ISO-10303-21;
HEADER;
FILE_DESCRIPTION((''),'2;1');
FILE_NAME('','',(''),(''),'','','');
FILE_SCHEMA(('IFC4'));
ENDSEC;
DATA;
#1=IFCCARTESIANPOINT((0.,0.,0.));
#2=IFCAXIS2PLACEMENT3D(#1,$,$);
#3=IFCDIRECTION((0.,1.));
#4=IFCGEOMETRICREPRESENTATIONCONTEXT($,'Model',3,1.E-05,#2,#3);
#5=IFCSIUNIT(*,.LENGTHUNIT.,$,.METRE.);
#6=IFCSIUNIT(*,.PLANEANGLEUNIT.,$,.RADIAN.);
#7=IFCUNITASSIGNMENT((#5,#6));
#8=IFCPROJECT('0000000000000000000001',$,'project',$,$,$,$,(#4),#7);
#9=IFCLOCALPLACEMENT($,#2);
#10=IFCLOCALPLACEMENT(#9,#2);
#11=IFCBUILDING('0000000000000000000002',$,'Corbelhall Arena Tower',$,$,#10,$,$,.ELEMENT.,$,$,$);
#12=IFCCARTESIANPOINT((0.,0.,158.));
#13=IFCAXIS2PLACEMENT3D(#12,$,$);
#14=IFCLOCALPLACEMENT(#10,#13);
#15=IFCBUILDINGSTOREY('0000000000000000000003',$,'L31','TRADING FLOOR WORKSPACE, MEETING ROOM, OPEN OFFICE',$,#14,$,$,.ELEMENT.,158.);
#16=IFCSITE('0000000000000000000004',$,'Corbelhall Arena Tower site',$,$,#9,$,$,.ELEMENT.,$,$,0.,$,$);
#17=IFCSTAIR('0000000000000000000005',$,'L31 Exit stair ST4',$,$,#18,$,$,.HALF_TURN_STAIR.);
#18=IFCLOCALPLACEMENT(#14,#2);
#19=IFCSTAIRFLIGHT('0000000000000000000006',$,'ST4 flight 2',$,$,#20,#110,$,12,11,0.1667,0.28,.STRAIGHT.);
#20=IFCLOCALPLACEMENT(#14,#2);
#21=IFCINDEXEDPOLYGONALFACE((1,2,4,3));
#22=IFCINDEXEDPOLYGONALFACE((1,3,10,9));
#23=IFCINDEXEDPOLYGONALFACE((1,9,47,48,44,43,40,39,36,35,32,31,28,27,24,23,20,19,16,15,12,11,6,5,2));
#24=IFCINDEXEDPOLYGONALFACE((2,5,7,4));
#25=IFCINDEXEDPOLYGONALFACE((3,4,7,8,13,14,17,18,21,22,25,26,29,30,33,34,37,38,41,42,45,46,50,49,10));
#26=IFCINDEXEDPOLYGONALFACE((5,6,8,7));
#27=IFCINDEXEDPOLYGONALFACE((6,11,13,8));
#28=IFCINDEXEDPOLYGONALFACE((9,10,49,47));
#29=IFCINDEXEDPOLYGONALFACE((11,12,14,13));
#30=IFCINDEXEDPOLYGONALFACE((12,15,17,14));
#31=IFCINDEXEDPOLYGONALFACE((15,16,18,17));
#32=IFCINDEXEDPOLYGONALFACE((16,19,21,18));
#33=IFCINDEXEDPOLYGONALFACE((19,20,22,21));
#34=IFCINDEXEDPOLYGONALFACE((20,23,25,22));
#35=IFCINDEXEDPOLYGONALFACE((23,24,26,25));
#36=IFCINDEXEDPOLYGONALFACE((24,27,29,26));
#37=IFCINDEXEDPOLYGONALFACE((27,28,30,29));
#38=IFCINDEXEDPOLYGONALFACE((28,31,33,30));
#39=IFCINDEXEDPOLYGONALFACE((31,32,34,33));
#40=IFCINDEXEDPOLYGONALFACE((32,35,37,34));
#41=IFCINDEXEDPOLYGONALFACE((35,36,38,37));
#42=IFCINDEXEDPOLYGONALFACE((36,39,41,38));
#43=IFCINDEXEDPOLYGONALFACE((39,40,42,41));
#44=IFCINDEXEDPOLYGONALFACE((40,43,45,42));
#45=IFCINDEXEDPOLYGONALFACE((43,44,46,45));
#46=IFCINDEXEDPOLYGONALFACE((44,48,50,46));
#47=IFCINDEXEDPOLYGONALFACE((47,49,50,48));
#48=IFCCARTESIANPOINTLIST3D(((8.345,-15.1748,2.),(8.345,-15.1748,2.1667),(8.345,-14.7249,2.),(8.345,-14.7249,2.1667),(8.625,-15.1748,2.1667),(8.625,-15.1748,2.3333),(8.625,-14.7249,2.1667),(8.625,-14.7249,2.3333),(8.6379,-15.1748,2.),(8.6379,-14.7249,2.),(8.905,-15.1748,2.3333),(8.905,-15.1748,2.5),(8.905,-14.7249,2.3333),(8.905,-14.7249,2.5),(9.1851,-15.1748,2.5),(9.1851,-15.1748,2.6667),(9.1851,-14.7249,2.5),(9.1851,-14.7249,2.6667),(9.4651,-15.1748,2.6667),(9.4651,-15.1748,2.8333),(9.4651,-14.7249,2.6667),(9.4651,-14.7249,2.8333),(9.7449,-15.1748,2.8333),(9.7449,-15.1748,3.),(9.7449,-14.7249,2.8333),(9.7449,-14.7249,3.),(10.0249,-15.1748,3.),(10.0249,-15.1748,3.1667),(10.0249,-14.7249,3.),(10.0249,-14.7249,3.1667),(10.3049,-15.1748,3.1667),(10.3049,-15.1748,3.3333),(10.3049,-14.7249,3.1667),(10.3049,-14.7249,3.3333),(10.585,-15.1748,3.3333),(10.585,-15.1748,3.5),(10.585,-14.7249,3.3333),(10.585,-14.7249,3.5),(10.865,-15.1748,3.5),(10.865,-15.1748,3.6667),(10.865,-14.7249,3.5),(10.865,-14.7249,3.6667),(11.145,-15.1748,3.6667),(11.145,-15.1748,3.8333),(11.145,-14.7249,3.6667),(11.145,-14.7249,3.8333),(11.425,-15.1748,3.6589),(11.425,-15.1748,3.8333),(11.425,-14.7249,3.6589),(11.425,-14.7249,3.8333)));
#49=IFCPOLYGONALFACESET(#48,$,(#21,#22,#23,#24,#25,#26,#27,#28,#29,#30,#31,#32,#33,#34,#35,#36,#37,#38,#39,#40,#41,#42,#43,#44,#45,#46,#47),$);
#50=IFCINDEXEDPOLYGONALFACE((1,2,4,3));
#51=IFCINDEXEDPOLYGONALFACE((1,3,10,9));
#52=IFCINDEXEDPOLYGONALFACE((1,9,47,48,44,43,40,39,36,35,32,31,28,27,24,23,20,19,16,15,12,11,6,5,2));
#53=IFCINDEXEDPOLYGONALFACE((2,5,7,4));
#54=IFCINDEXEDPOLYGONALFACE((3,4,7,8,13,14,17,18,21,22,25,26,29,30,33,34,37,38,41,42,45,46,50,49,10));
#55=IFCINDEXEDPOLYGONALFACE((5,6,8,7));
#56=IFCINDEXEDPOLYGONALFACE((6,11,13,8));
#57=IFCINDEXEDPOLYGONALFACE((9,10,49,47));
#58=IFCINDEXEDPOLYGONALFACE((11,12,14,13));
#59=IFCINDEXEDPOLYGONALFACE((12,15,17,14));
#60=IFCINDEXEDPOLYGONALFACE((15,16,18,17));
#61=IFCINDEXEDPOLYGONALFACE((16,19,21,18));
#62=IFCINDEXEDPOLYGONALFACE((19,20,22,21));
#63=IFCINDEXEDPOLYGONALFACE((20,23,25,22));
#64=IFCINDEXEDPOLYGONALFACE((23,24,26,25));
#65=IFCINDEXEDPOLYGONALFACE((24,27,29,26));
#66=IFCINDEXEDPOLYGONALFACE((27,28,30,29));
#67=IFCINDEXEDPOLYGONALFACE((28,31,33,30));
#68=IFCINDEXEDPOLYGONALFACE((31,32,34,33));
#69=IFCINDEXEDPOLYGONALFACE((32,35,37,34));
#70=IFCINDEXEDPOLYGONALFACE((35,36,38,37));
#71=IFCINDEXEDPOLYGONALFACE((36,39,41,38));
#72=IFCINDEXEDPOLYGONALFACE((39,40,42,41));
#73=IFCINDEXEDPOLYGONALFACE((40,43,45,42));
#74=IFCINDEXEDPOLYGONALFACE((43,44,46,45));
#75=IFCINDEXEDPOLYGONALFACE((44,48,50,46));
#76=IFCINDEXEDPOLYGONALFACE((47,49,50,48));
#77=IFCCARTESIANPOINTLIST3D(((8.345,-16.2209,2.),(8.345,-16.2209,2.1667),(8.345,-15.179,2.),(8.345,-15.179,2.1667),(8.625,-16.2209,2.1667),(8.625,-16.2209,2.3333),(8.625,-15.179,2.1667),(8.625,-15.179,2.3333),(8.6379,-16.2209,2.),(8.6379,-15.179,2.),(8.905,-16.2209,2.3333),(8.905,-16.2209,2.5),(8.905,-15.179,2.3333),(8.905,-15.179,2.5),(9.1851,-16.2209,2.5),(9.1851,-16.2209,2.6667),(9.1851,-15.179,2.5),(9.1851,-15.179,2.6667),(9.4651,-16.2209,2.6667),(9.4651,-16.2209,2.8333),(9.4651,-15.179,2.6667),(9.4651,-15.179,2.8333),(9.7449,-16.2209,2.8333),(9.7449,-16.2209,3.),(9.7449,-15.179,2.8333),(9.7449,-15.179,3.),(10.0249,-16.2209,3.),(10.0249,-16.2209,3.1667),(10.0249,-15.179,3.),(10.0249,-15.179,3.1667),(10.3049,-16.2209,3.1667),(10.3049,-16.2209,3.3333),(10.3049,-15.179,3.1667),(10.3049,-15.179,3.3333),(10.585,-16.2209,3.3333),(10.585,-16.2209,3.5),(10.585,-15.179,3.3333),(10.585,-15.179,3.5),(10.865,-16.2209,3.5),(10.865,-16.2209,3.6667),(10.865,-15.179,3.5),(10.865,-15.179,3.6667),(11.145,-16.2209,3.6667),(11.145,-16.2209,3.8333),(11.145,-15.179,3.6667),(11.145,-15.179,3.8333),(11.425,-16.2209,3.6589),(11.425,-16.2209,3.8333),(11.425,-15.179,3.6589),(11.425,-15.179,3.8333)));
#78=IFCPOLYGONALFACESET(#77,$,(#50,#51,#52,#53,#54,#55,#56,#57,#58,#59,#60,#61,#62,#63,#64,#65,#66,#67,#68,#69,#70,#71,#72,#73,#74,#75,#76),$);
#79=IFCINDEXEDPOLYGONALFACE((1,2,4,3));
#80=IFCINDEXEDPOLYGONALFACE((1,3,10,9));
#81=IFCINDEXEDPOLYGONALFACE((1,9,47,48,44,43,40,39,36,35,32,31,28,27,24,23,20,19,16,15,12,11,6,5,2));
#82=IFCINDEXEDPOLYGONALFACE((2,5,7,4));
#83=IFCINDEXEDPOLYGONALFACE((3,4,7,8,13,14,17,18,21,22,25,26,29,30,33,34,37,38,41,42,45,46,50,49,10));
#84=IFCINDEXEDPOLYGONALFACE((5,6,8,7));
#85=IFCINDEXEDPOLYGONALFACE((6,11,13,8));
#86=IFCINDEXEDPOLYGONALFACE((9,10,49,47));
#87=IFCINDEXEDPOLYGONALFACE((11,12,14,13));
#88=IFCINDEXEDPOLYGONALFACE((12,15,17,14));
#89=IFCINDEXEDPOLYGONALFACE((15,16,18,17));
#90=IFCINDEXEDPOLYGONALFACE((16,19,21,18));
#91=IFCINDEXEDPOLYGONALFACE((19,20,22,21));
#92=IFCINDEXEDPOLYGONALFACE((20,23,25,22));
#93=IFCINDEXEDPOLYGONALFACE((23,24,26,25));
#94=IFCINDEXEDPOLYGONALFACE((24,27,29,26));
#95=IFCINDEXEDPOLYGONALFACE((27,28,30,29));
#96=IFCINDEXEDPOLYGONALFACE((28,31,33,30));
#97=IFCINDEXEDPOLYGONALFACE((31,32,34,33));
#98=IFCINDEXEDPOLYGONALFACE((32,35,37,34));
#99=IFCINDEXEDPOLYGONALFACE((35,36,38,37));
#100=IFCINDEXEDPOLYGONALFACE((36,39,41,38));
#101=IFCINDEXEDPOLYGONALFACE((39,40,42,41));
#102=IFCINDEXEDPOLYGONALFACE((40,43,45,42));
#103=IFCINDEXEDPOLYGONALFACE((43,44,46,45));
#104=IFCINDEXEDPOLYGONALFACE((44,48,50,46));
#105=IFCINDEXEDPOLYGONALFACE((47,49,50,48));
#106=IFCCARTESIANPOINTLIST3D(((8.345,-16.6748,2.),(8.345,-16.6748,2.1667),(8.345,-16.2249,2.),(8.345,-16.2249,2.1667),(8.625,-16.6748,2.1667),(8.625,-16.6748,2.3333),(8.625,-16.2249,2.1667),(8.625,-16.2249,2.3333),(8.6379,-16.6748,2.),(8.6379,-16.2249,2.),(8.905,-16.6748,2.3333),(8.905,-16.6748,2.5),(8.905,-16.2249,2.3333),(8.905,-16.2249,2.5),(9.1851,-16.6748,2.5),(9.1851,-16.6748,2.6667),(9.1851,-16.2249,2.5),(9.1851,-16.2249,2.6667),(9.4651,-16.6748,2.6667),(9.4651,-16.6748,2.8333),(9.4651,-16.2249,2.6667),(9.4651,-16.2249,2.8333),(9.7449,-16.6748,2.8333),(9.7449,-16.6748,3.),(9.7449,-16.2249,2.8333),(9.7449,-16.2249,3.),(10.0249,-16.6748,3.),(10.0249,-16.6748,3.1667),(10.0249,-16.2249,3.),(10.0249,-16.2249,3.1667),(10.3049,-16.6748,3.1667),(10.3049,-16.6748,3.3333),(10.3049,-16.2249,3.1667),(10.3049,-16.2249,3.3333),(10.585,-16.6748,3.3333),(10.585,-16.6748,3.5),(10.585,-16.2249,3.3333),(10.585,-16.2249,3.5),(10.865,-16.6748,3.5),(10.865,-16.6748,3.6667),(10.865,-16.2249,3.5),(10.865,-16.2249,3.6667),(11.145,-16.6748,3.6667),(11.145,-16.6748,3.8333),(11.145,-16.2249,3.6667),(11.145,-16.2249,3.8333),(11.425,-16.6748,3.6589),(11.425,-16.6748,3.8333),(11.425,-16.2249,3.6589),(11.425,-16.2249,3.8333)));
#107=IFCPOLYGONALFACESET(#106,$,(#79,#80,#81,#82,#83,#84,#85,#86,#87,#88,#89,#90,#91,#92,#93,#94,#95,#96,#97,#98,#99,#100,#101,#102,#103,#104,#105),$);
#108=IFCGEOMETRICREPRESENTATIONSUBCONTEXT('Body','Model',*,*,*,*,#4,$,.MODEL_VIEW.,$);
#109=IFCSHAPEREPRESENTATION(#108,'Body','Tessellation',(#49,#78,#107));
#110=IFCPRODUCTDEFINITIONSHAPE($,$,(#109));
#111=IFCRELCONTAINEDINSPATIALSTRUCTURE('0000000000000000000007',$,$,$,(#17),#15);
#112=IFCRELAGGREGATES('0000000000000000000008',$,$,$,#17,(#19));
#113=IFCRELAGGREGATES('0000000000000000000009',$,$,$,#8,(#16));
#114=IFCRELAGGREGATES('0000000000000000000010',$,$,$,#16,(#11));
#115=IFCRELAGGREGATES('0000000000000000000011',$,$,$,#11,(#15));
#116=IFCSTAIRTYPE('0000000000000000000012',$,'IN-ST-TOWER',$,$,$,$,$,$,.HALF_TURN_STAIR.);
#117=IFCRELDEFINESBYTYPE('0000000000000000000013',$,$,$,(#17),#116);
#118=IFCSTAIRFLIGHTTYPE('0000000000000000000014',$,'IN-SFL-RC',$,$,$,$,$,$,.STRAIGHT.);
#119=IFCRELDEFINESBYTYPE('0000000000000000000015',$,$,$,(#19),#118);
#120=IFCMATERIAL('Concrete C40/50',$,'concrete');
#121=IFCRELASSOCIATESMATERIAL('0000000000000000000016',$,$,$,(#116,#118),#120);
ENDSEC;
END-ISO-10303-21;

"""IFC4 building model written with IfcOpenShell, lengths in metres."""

from ifc_helpers import new_model, si_unit, direction, frame, origin, place, context, subcontext, project, spatial, polyline, outline, extrude, material, type_object, element, aggregate, save


model = new_model("IFC4")

# Units and contexts
model_context = context("Model", 3, precision=1e-05, world=origin(), true_north=direction((0.0, 1.0)))
body_context = subcontext(model_context, "Body", "Model", "MODEL_VIEW")
ifc_project = project(units=[si_unit("LENGTHUNIT", "METRE"), si_unit("PLANEANGLEUNIT", "RADIAN")], contexts=[model_context])

# Site, building, storey
site_placement = place(None, origin())
site = spatial("IfcSite", under=ifc_project, at=site_placement, Name="Corbelhall Arena Tower site", CompositionType="ELEMENT", RefElevation=0.0)
building_placement = place(site_placement, origin())
building = spatial("IfcBuilding", under=site, at=building_placement, Name="Corbelhall Arena Tower", CompositionType="ELEMENT")
storey_placement = place(building_placement, frame((0.0, 0.0, 158.0)))
storey = spatial("IfcBuildingStorey", under=building, at=storey_placement, Name="L31", Description="TRADING FLOOR WORKSPACE, MEETING ROOM, OPEN OFFICE", CompositionType="ELEMENT", Elevation=158.0)

# Shared definitions
ifc_material_1 = material(Name="Concrete C40/50", Category="concrete")

# Stair, stair flight
stair_type = type_object("IfcStairType", Name="IN-ST-TOWER", PredefinedType="HALF_TURN_STAIR", material=ifc_material_1)
stair_placement = place(storey_placement, origin())
stair = element("IfcStair", 1, at=stair_placement, inside=storey, type_object=stair_type, Name="L31 Exit stair ST4", PredefinedType="HALF_TURN_STAIR")
stair_flight_type = type_object("IfcStairFlightType", Name="IN-SFL-RC", PredefinedType="STRAIGHT", material=ifc_material_1)
stair_flight_placement = place(storey_placement, frame((8.345, -15.7, 2.0), z_axis=(0.0, 0.0, 1.0), x_axis=(1.0, 0.0, 0.0)))
stair_flight = element("IfcStairFlight", 2, at=stair_flight_placement, type_object=stair_flight_type, Name="ST4 flight 2", NumberOfRisers=12, NumberOfTreads=11, PredefinedType="STRAIGHT", RiserHeight=0.1667, TreadLength=0.28, context=body_context, shape_type="SweptSolid", body=[
    extrude(outline(polyline([(0.0, 0.0), (0.0, 0.1667), (0.28, 0.1667), (0.28, 0.3333), (0.5601, 0.3333), (0.5601, 0.5), (0.8401, 0.5), (0.8401, 0.6667), (1.1201, 0.6667), (1.1201, 0.8333), (1.3999, 0.8333), (1.3999, 1.0), (1.6799, 1.0), (1.6799, 1.1667), (1.96, 1.1667), (1.96, 1.3333), (2.24, 1.3333), (2.24, 1.5), (2.52, 1.5), (2.52, 1.6667), (2.8, 1.6667), (2.8, 1.8333), (3.0801, 1.8333), (3.0801, 2.0), (3.0801, 1.6589), (0.293, 0.0), (0.0, 0.0)])), frame((0.0, 0.9751, 0.0), z_axis=(0.0, -1.0, 0.0), x_axis=(1.0, 0.0, 0.0)), (0.0, 0.0, 1.0), 0.45),
    extrude(outline(polyline([(0.0, 0.0), (0.0, 0.1667), (0.28, 0.1667), (0.28, 0.3333), (0.5601, 0.3333), (0.5601, 0.5), (0.8401, 0.5), (0.8401, 0.6667), (1.1201, 0.6667), (1.1201, 0.8333), (1.3999, 0.8333), (1.3999, 1.0), (1.6799, 1.0), (1.6799, 1.1667), (1.96, 1.1667), (1.96, 1.3333), (2.24, 1.3333), (2.24, 1.5), (2.52, 1.5), (2.52, 1.6667), (2.8, 1.6667), (2.8, 1.8333), (3.0801, 1.8333), (3.0801, 2.0), (3.0801, 1.6589), (0.293, 0.0), (0.0, 0.0)])), frame((0.0, 0.521, 0.0), z_axis=(0.0, -1.0, 0.0), x_axis=(1.0, 0.0, 0.0)), (0.0, 0.0, 1.0), 1.042),
    extrude(outline(polyline([(0.0, 0.0), (0.0, 0.1667), (0.28, 0.1667), (0.28, 0.3333), (0.5601, 0.3333), (0.5601, 0.5), (0.8401, 0.5), (0.8401, 0.6667), (1.1201, 0.6667), (1.1201, 0.8333), (1.3999, 0.8333), (1.3999, 1.0), (1.6799, 1.0), (1.6799, 1.1667), (1.96, 1.1667), (1.96, 1.3333), (2.24, 1.3333), (2.24, 1.5), (2.52, 1.5), (2.52, 1.6667), (2.8, 1.6667), (2.8, 1.8333), (3.0801, 1.8333), (3.0801, 2.0), (3.0801, 1.6589), (0.293, 0.0), (0.0, 0.0)])), frame((0.0, -0.5249, 0.0), z_axis=(0.0, -1.0, 0.0), x_axis=(1.0, 0.0, 0.0)), (0.0, 0.0, 1.0), 0.45),
])
aggregate(stair, [stair_flight])

save(model, "model.ifc")
